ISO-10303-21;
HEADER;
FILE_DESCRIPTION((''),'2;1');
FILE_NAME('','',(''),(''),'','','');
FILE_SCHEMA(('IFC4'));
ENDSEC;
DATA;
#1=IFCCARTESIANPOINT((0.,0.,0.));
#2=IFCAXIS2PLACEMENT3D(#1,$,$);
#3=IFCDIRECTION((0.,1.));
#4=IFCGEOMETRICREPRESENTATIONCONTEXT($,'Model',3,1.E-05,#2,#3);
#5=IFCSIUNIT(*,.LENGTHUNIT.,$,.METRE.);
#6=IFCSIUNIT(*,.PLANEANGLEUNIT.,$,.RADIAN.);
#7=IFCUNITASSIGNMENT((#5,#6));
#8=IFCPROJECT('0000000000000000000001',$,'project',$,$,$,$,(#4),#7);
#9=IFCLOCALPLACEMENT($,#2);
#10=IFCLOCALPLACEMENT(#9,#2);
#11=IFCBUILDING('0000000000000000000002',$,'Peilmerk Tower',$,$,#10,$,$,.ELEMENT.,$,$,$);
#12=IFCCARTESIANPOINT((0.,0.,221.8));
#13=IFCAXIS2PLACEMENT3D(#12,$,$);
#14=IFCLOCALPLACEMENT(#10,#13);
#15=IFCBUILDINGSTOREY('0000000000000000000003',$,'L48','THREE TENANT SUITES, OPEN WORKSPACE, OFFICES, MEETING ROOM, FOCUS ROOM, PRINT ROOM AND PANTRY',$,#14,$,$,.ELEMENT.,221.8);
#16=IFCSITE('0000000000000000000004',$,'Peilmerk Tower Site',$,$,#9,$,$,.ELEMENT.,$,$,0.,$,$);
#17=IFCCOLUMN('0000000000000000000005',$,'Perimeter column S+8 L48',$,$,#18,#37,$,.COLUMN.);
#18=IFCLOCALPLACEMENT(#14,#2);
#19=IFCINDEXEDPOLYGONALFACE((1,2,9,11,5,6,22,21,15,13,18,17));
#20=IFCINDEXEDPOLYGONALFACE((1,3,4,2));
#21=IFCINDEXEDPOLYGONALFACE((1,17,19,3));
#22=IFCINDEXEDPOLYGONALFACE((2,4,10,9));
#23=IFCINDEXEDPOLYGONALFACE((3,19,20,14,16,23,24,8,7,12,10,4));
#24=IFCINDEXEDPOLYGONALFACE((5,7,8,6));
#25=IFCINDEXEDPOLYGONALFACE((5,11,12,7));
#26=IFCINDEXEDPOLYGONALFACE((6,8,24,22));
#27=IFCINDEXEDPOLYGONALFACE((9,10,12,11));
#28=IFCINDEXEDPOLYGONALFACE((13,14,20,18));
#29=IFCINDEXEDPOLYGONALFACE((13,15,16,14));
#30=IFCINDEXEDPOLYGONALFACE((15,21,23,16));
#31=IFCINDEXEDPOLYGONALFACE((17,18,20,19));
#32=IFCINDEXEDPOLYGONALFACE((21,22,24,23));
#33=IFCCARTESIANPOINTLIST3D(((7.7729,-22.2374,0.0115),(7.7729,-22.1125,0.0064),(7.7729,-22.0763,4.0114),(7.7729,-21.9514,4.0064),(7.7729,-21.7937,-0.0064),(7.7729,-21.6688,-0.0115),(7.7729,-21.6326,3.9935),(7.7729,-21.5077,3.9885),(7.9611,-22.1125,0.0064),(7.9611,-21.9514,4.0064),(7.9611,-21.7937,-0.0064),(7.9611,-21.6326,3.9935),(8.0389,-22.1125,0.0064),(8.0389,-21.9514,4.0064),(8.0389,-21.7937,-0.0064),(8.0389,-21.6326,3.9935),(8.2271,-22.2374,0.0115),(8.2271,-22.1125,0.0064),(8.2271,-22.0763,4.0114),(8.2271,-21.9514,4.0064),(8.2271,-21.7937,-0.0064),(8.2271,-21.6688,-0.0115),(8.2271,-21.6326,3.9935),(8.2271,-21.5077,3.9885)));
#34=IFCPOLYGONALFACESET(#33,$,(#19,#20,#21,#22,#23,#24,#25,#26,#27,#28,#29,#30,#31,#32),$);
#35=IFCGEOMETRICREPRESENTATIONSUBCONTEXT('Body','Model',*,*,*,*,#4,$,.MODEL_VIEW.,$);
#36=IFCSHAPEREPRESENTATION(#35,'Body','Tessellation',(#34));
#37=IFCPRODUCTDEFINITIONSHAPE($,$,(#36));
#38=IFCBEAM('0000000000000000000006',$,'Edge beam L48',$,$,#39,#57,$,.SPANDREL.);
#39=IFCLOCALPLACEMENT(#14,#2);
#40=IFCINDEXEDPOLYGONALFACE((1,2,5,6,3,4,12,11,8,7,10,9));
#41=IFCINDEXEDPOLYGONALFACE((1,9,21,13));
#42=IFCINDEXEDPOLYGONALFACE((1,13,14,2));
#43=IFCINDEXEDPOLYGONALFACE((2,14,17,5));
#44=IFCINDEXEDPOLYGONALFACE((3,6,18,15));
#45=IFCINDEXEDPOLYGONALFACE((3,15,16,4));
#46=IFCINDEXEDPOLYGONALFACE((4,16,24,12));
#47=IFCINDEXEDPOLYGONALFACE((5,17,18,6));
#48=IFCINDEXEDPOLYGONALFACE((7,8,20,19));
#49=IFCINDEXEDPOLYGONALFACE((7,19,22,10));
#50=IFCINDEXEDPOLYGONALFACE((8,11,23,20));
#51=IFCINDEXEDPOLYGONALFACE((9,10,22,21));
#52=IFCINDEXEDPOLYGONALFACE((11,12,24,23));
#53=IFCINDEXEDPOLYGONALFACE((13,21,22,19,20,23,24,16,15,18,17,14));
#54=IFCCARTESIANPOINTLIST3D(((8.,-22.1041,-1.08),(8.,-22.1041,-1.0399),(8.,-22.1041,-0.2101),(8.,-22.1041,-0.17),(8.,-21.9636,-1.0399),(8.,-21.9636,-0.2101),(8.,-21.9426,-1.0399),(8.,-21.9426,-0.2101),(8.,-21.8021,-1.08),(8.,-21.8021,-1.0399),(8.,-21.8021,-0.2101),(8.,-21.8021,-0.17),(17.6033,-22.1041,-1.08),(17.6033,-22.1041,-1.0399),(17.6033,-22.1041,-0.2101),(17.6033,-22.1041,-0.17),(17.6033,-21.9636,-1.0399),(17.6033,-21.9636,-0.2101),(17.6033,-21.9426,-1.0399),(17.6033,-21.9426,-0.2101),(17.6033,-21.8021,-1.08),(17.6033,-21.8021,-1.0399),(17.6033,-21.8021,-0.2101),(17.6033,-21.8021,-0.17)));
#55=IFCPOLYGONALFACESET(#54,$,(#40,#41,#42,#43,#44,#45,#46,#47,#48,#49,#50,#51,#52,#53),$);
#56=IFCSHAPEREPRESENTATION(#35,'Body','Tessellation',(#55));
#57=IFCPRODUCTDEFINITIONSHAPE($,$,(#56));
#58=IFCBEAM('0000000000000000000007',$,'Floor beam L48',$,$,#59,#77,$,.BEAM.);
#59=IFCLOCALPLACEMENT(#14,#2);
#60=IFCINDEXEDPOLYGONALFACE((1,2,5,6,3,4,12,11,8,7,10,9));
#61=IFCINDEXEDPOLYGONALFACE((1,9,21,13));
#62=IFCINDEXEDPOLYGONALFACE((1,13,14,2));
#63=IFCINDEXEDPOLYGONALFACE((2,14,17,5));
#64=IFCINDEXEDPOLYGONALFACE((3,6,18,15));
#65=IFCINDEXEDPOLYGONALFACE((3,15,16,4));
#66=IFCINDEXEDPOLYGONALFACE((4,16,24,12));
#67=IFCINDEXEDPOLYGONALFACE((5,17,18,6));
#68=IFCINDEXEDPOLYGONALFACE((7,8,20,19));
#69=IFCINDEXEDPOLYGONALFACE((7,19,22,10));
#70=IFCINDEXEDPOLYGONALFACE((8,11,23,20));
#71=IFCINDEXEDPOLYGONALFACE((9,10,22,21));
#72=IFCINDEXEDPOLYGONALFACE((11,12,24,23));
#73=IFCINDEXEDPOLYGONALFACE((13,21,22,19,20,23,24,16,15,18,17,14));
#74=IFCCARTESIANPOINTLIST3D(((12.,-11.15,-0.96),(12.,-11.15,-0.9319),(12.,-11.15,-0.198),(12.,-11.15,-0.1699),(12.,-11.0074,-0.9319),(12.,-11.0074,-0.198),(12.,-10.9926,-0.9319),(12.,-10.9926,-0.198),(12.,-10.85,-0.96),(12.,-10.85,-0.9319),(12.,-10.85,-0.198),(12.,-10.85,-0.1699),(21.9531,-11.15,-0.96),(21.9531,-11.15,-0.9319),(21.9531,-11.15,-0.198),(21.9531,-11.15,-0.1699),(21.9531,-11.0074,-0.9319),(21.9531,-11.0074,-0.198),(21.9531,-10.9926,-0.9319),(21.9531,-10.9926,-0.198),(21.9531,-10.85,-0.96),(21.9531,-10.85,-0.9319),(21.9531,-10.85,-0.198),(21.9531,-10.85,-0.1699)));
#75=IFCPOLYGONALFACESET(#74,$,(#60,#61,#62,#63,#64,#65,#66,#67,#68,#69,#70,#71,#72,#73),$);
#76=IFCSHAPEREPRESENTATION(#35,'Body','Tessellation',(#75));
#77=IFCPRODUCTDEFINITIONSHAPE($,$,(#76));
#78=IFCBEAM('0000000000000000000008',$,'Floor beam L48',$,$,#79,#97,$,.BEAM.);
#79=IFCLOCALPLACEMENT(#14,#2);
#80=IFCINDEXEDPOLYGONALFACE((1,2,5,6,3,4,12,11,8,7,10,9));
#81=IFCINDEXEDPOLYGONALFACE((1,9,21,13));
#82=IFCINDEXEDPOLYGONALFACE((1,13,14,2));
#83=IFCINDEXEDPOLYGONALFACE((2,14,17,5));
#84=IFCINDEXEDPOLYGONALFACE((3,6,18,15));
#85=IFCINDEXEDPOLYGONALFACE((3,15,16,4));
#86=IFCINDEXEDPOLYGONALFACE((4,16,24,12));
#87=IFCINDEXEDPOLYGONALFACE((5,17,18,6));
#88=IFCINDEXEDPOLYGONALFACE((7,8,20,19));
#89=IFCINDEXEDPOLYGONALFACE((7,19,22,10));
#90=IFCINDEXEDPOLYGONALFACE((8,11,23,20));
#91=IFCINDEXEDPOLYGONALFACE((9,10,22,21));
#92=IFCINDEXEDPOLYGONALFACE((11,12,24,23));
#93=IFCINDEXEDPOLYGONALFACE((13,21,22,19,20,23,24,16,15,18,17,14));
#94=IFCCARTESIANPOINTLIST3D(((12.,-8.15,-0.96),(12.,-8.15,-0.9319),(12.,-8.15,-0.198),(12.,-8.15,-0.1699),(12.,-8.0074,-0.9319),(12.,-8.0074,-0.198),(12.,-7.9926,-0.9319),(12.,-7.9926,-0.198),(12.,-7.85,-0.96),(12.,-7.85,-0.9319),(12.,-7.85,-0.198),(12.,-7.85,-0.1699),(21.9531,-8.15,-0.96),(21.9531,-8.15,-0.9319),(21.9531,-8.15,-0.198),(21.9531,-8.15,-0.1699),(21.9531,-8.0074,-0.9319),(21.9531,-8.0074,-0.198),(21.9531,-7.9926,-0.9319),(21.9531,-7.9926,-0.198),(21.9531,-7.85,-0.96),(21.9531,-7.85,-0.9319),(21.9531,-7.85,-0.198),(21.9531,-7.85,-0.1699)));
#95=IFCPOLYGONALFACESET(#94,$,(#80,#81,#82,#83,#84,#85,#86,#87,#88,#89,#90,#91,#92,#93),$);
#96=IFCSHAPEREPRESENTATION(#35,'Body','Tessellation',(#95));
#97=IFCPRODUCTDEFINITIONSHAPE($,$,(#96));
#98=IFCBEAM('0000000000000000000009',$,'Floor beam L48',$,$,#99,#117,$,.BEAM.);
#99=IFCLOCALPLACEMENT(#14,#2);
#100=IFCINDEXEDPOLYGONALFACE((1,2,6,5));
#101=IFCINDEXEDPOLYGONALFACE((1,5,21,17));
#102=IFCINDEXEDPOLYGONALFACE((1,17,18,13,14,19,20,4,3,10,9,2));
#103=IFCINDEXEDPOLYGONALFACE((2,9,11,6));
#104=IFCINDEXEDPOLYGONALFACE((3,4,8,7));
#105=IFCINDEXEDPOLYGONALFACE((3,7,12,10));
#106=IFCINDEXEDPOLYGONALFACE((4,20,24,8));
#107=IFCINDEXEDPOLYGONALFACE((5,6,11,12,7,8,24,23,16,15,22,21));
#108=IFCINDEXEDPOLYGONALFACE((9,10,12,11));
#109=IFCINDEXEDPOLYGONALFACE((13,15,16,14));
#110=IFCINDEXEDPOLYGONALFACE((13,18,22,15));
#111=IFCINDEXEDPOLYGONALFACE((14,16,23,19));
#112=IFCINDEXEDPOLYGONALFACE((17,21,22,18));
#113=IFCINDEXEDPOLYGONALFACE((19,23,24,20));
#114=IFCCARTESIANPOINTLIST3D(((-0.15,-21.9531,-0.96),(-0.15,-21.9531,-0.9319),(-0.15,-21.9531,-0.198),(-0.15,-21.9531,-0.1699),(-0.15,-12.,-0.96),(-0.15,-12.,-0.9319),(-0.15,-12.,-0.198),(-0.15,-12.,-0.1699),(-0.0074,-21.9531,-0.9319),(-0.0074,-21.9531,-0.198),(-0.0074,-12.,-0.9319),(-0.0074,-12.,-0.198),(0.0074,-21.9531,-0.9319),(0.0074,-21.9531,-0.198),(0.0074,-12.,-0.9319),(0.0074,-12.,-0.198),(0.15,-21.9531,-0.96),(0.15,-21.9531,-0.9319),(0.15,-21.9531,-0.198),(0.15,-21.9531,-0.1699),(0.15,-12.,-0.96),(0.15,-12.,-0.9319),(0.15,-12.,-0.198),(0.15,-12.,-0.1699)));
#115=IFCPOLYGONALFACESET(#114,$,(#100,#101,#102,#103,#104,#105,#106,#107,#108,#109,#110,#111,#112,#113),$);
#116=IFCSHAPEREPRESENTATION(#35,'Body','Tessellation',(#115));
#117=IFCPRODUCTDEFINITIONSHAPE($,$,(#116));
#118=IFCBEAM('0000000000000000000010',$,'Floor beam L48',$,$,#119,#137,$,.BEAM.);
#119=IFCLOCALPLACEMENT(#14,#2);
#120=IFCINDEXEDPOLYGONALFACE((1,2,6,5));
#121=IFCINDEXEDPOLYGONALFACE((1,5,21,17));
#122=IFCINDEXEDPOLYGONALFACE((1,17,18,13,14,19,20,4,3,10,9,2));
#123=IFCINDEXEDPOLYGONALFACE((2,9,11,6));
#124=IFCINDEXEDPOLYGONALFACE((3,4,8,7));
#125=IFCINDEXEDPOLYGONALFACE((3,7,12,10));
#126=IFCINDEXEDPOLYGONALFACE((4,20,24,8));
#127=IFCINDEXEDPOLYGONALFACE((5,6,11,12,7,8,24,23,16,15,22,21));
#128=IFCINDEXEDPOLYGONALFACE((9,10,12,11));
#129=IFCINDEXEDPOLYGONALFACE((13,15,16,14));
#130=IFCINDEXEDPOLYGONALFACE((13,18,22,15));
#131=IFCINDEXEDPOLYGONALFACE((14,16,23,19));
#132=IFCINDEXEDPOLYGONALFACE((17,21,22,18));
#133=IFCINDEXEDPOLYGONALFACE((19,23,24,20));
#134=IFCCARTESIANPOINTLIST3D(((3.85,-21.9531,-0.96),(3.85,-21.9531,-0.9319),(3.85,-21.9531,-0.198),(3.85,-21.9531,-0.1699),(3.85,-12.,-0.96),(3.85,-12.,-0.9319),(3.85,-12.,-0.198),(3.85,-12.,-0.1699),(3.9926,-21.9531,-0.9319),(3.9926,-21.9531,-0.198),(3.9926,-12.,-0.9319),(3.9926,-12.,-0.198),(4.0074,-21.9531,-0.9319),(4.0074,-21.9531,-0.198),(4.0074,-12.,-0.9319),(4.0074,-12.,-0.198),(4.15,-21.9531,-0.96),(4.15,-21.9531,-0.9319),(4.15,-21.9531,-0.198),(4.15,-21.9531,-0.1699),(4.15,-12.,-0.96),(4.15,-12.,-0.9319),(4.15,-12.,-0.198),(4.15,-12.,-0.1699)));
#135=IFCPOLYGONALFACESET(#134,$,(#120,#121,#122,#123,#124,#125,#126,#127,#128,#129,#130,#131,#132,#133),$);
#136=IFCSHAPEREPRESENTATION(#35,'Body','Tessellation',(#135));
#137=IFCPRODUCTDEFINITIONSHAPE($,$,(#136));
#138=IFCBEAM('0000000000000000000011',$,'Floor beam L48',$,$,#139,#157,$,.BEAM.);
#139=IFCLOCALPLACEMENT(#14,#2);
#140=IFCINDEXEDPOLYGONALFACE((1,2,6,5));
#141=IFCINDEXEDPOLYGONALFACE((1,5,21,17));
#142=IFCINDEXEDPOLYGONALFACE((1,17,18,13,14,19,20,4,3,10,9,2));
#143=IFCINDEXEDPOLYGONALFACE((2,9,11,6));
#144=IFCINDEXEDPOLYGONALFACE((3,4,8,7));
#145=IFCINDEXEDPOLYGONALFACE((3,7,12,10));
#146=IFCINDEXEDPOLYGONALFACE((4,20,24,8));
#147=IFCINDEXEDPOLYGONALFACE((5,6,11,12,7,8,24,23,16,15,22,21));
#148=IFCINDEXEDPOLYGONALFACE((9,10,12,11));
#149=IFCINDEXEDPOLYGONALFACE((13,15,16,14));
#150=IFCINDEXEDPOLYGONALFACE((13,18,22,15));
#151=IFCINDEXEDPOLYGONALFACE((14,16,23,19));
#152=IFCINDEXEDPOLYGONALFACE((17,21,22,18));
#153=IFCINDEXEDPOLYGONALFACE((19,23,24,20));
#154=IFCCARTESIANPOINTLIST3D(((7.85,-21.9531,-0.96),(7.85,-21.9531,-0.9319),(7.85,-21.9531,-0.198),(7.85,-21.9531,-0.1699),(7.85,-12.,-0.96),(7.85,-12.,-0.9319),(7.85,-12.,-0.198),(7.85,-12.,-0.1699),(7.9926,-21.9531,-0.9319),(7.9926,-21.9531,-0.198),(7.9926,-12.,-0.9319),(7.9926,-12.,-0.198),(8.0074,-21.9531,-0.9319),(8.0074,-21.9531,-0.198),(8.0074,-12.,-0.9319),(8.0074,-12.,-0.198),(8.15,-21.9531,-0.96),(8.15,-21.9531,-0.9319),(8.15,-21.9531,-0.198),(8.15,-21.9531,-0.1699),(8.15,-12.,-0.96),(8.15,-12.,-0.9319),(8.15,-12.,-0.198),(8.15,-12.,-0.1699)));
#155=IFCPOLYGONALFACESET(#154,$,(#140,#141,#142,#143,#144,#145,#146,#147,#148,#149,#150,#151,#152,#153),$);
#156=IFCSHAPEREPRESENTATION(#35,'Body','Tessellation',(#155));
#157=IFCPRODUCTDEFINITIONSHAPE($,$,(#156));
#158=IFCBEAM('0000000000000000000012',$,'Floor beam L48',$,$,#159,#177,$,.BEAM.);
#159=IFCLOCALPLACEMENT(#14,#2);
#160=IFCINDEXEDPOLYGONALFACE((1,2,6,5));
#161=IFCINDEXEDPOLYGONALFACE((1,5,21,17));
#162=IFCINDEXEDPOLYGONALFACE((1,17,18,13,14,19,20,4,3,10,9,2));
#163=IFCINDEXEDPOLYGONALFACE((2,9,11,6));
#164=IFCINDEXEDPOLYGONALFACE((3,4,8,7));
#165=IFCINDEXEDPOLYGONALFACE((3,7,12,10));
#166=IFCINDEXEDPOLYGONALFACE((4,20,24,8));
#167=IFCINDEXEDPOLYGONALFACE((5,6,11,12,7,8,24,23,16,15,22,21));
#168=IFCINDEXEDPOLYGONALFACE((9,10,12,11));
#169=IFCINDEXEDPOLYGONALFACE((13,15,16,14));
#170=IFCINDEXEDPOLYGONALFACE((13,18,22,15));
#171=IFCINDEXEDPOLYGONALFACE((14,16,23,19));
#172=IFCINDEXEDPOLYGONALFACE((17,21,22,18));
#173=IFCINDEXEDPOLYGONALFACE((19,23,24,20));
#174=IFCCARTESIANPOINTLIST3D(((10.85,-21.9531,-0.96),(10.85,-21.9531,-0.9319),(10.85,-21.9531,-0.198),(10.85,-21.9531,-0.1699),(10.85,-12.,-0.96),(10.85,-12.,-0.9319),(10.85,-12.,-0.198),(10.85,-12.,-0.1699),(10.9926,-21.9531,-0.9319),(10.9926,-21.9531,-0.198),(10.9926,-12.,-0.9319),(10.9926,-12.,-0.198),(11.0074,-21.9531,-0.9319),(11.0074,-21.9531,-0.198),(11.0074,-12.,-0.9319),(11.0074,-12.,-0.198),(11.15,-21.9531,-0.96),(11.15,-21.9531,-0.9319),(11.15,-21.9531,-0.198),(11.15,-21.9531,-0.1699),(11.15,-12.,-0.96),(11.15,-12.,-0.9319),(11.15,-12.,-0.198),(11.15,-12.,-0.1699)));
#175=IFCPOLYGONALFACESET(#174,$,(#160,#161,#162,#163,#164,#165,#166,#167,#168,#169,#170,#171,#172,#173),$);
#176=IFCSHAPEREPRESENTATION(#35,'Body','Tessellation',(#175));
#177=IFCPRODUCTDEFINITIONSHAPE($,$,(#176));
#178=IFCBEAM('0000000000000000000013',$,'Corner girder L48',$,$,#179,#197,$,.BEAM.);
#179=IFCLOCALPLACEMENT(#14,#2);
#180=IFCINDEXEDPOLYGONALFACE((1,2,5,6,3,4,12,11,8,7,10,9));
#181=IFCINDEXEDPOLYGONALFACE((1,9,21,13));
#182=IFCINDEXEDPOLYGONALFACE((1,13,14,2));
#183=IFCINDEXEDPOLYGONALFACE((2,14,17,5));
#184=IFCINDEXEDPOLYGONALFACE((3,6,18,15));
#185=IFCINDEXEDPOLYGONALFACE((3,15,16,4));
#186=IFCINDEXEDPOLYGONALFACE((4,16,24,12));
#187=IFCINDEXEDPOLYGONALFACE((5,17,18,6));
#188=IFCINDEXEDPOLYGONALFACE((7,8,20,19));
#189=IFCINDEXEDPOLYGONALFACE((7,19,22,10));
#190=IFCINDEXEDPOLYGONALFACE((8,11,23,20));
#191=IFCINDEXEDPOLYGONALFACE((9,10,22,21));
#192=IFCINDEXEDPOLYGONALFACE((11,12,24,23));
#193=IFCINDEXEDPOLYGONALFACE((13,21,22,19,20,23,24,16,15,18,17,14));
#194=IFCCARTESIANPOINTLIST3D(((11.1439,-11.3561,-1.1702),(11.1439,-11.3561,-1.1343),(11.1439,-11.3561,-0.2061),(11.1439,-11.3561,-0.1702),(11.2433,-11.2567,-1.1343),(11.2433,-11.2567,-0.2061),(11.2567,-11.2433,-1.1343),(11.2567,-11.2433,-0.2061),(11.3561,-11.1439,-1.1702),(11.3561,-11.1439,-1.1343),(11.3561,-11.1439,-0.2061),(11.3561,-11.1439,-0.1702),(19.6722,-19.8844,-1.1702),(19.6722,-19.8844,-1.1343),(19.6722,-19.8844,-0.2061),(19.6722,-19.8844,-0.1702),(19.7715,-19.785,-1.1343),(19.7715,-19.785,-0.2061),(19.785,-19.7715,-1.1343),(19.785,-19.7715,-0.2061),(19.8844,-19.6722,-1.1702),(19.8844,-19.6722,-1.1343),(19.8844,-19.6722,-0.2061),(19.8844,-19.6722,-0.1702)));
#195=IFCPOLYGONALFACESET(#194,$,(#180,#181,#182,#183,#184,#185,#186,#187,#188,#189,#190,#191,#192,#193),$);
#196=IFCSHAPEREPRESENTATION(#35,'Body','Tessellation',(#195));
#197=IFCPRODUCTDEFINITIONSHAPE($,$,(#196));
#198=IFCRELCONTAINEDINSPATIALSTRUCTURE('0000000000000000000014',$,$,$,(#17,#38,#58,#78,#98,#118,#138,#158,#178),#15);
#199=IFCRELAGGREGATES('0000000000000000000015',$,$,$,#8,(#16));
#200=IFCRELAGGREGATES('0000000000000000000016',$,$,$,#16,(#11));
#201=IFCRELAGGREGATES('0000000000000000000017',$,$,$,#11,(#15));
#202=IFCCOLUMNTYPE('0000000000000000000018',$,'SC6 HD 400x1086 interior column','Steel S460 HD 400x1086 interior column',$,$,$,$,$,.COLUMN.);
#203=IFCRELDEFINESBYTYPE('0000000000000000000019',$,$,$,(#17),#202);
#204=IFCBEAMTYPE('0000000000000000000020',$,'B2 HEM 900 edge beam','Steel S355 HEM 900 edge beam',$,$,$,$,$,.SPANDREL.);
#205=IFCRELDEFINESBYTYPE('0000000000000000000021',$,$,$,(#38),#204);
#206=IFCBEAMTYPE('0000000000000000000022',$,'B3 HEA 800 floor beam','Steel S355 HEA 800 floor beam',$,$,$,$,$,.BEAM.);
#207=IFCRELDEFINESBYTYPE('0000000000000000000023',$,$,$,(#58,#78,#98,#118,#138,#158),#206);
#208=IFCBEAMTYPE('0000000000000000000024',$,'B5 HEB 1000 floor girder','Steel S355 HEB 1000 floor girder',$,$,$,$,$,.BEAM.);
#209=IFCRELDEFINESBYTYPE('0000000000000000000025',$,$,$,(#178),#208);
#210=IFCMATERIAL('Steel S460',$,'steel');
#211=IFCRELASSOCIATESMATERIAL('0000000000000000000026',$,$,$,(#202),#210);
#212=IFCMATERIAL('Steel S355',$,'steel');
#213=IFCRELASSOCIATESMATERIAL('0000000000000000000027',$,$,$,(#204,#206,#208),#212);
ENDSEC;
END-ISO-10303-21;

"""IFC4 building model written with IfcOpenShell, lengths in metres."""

from ifc_helpers import new_model, si_unit, direction, frame, origin, origin_2d, place, context, subcontext, project, spatial, i_section, extrude, material, material_profile, profile_set, type_object, element, save


model = new_model("IFC4")

# Units and contexts
model_context = context("Model", 3, precision=1e-05, world=origin(), true_north=direction((0.0, 1.0)))
body_context = subcontext(model_context, "Body", "Model", "MODEL_VIEW")
ifc_project = project(units=[si_unit("LENGTHUNIT", "METRE"), si_unit("PLANEANGLEUNIT", "RADIAN")], contexts=[model_context])

# Site, building, storey
site_placement = place(None, origin())
site = spatial("IfcSite", under=ifc_project, at=site_placement, Name="Peilmerk Tower Site", CompositionType="ELEMENT", RefElevation=0.0)
building_placement = place(site_placement, origin())
building = spatial("IfcBuilding", under=site, at=building_placement, Name="Peilmerk Tower", CompositionType="ELEMENT")
storey_placement = place(building_placement, frame((0.0, 0.0, 221.8)))
storey = spatial("IfcBuildingStorey", under=building, at=storey_placement, Name="L48", Description="THREE TENANT SUITES, OPEN WORKSPACE, OFFICES, MEETING ROOM, FOCUS ROOM, PRINT ROOM AND PANTRY", CompositionType="ELEMENT", Elevation=221.8)

# Column
ifc_material_1 = material(Name="Steel S460", Category="steel")
ifc_material_profile_1 = material_profile(ifc_material_1, i_section(OverallWidth=0.4541, OverallDepth=0.5691, WebThickness=0.0779, FlangeThickness=0.125, at=origin_2d()), Name="HD 400x1086")
ifc_profile_set_1 = profile_set([ifc_material_profile_1], Name="Steel S460")
column_type = type_object("IfcColumnType", Name="SC6 HD 400x1086 interior column", Description="Steel S460 HD 400x1086 interior column", PredefinedType="COLUMN", material=ifc_profile_set_1)
column_placement = place(storey_placement, frame((8.0, -21.9531, 0.0), z_axis=(0.0, 0.040251, 0.99919), x_axis=(-1.0, 0.0, 0.0)))
element("IfcColumn", 1, at=column_placement, inside=storey, type_object=column_type, Name="Perimeter column S+8 L48", PredefinedType="COLUMN", context=body_context, shape_type="SweptSolid", body=[
    extrude(i_section(OverallWidth=0.4541, OverallDepth=0.5691, WebThickness=0.0779, FlangeThickness=0.125, at=origin_2d()), origin(), (0.0, 0.0, 1.0), 4.0032),
])

# Beams
ifc_material_2 = material(Name="Steel S355", Category="steel")
ifc_material_profile_2 = material_profile(ifc_material_2, i_section(OverallWidth=0.302, OverallDepth=0.9099, WebThickness=0.021, FlangeThickness=0.04, at=origin_2d()), Name="HEM 900")
ifc_profile_set_2 = profile_set([ifc_material_profile_2], Name="Steel S355")
beam_type_1 = type_object("IfcBeamType", Name="B2 HEM 900 edge beam", Description="Steel S355 HEM 900 edge beam", PredefinedType="SPANDREL", material=ifc_profile_set_2)
beam_1_placement = place(storey_placement, frame((8.0, -21.9531, -0.625), z_axis=(1.0, 0.0, 0.0), x_axis=(0.0, 1.0, 0.0)))
element("IfcBeam", 2, at=beam_1_placement, inside=storey, type_object=beam_type_1, Name="Edge beam L48", PredefinedType="SPANDREL", context=body_context, shape_type="SweptSolid", body=[
    extrude(i_section(OverallWidth=0.302, OverallDepth=0.9099, WebThickness=0.021, FlangeThickness=0.04, at=origin_2d()), origin(), (0.0, 0.0, 1.0), 9.6033),
])
ifc_material_profile_3 = material_profile(ifc_material_2, i_section(OverallWidth=0.3, OverallDepth=0.79, WebThickness=0.0149, FlangeThickness=0.0281, at=origin_2d()), Name="HEA 800")
ifc_profile_set_3 = profile_set([ifc_material_profile_3], Name="Steel S355")
beam_type_2 = type_object("IfcBeamType", Name="B3 HEA 800 floor beam", Description="Steel S355 HEA 800 floor beam", PredefinedType="BEAM", material=ifc_profile_set_3)
for number, where, z_axis, x_axis, name in (
    (3, (12.0, -11.0, -0.5649), (1.0, 0.0, 0.0), (0.0, 1.0, 0.0), "Floor beam L48"),
    (4, (12.0, -8.0, -0.5649), (1.0, 0.0, 0.0), (0.0, 1.0, 0.0), "Floor beam L48"),
    (5, (0.0, -12.0, -0.5649), (0.0, -1.0, 0.0), (1.0, 0.0, 0.0), "Floor beam L48"),
    (6, (4.0, -12.0, -0.5649), (0.0, -1.0, 0.0), (1.0, 0.0, 0.0), "Floor beam L48"),
    (7, (8.0, -12.0, -0.5649), (0.0, -1.0, 0.0), (1.0, 0.0, 0.0), "Floor beam L48"),
    (8, (11.0, -12.0, -0.5649), (0.0, -1.0, 0.0), (1.0, 0.0, 0.0), "Floor beam L48"),
):
    element("IfcBeam", number, at=place(storey_placement, frame(where, z_axis=z_axis, x_axis=x_axis)), inside=storey, type_object=beam_type_2, Name=name, PredefinedType="BEAM", context=body_context, shape_type="SweptSolid", body=[
        extrude(i_section(OverallWidth=0.3, OverallDepth=0.79, WebThickness=0.0149, FlangeThickness=0.0281, at=origin_2d()), origin(), (0.0, 0.0, 1.0), 9.9531),
    ])
ifc_material_profile_4 = material_profile(ifc_material_2, i_section(OverallWidth=0.3, OverallDepth=1.0, WebThickness=0.019, FlangeThickness=0.0359, at=origin_2d()), Name="HEB 1000")
ifc_profile_set_4 = profile_set([ifc_material_profile_4], Name="Steel S355")
beam_type_3 = type_object("IfcBeamType", Name="B5 HEB 1000 floor girder", Description="Steel S355 HEB 1000 floor girder", PredefinedType="BEAM", material=ifc_profile_set_4)
beam_2_placement = place(storey_placement, frame((11.25, -11.25, -0.6702), z_axis=(0.707107, -0.707107, 0.0), x_axis=(0.707107, 0.707107, 0.0)))
element("IfcBeam", 9, at=beam_2_placement, inside=storey, type_object=beam_type_3, Name="Corner girder L48", PredefinedType="BEAM", context=body_context, shape_type="SweptSolid", body=[
    extrude(i_section(OverallWidth=0.3, OverallDepth=1.0, WebThickness=0.019, FlangeThickness=0.0359, at=origin_2d()), origin(), (0.0, 0.0, 1.0), 12.0608),
])

save(model, "model.ifc")
